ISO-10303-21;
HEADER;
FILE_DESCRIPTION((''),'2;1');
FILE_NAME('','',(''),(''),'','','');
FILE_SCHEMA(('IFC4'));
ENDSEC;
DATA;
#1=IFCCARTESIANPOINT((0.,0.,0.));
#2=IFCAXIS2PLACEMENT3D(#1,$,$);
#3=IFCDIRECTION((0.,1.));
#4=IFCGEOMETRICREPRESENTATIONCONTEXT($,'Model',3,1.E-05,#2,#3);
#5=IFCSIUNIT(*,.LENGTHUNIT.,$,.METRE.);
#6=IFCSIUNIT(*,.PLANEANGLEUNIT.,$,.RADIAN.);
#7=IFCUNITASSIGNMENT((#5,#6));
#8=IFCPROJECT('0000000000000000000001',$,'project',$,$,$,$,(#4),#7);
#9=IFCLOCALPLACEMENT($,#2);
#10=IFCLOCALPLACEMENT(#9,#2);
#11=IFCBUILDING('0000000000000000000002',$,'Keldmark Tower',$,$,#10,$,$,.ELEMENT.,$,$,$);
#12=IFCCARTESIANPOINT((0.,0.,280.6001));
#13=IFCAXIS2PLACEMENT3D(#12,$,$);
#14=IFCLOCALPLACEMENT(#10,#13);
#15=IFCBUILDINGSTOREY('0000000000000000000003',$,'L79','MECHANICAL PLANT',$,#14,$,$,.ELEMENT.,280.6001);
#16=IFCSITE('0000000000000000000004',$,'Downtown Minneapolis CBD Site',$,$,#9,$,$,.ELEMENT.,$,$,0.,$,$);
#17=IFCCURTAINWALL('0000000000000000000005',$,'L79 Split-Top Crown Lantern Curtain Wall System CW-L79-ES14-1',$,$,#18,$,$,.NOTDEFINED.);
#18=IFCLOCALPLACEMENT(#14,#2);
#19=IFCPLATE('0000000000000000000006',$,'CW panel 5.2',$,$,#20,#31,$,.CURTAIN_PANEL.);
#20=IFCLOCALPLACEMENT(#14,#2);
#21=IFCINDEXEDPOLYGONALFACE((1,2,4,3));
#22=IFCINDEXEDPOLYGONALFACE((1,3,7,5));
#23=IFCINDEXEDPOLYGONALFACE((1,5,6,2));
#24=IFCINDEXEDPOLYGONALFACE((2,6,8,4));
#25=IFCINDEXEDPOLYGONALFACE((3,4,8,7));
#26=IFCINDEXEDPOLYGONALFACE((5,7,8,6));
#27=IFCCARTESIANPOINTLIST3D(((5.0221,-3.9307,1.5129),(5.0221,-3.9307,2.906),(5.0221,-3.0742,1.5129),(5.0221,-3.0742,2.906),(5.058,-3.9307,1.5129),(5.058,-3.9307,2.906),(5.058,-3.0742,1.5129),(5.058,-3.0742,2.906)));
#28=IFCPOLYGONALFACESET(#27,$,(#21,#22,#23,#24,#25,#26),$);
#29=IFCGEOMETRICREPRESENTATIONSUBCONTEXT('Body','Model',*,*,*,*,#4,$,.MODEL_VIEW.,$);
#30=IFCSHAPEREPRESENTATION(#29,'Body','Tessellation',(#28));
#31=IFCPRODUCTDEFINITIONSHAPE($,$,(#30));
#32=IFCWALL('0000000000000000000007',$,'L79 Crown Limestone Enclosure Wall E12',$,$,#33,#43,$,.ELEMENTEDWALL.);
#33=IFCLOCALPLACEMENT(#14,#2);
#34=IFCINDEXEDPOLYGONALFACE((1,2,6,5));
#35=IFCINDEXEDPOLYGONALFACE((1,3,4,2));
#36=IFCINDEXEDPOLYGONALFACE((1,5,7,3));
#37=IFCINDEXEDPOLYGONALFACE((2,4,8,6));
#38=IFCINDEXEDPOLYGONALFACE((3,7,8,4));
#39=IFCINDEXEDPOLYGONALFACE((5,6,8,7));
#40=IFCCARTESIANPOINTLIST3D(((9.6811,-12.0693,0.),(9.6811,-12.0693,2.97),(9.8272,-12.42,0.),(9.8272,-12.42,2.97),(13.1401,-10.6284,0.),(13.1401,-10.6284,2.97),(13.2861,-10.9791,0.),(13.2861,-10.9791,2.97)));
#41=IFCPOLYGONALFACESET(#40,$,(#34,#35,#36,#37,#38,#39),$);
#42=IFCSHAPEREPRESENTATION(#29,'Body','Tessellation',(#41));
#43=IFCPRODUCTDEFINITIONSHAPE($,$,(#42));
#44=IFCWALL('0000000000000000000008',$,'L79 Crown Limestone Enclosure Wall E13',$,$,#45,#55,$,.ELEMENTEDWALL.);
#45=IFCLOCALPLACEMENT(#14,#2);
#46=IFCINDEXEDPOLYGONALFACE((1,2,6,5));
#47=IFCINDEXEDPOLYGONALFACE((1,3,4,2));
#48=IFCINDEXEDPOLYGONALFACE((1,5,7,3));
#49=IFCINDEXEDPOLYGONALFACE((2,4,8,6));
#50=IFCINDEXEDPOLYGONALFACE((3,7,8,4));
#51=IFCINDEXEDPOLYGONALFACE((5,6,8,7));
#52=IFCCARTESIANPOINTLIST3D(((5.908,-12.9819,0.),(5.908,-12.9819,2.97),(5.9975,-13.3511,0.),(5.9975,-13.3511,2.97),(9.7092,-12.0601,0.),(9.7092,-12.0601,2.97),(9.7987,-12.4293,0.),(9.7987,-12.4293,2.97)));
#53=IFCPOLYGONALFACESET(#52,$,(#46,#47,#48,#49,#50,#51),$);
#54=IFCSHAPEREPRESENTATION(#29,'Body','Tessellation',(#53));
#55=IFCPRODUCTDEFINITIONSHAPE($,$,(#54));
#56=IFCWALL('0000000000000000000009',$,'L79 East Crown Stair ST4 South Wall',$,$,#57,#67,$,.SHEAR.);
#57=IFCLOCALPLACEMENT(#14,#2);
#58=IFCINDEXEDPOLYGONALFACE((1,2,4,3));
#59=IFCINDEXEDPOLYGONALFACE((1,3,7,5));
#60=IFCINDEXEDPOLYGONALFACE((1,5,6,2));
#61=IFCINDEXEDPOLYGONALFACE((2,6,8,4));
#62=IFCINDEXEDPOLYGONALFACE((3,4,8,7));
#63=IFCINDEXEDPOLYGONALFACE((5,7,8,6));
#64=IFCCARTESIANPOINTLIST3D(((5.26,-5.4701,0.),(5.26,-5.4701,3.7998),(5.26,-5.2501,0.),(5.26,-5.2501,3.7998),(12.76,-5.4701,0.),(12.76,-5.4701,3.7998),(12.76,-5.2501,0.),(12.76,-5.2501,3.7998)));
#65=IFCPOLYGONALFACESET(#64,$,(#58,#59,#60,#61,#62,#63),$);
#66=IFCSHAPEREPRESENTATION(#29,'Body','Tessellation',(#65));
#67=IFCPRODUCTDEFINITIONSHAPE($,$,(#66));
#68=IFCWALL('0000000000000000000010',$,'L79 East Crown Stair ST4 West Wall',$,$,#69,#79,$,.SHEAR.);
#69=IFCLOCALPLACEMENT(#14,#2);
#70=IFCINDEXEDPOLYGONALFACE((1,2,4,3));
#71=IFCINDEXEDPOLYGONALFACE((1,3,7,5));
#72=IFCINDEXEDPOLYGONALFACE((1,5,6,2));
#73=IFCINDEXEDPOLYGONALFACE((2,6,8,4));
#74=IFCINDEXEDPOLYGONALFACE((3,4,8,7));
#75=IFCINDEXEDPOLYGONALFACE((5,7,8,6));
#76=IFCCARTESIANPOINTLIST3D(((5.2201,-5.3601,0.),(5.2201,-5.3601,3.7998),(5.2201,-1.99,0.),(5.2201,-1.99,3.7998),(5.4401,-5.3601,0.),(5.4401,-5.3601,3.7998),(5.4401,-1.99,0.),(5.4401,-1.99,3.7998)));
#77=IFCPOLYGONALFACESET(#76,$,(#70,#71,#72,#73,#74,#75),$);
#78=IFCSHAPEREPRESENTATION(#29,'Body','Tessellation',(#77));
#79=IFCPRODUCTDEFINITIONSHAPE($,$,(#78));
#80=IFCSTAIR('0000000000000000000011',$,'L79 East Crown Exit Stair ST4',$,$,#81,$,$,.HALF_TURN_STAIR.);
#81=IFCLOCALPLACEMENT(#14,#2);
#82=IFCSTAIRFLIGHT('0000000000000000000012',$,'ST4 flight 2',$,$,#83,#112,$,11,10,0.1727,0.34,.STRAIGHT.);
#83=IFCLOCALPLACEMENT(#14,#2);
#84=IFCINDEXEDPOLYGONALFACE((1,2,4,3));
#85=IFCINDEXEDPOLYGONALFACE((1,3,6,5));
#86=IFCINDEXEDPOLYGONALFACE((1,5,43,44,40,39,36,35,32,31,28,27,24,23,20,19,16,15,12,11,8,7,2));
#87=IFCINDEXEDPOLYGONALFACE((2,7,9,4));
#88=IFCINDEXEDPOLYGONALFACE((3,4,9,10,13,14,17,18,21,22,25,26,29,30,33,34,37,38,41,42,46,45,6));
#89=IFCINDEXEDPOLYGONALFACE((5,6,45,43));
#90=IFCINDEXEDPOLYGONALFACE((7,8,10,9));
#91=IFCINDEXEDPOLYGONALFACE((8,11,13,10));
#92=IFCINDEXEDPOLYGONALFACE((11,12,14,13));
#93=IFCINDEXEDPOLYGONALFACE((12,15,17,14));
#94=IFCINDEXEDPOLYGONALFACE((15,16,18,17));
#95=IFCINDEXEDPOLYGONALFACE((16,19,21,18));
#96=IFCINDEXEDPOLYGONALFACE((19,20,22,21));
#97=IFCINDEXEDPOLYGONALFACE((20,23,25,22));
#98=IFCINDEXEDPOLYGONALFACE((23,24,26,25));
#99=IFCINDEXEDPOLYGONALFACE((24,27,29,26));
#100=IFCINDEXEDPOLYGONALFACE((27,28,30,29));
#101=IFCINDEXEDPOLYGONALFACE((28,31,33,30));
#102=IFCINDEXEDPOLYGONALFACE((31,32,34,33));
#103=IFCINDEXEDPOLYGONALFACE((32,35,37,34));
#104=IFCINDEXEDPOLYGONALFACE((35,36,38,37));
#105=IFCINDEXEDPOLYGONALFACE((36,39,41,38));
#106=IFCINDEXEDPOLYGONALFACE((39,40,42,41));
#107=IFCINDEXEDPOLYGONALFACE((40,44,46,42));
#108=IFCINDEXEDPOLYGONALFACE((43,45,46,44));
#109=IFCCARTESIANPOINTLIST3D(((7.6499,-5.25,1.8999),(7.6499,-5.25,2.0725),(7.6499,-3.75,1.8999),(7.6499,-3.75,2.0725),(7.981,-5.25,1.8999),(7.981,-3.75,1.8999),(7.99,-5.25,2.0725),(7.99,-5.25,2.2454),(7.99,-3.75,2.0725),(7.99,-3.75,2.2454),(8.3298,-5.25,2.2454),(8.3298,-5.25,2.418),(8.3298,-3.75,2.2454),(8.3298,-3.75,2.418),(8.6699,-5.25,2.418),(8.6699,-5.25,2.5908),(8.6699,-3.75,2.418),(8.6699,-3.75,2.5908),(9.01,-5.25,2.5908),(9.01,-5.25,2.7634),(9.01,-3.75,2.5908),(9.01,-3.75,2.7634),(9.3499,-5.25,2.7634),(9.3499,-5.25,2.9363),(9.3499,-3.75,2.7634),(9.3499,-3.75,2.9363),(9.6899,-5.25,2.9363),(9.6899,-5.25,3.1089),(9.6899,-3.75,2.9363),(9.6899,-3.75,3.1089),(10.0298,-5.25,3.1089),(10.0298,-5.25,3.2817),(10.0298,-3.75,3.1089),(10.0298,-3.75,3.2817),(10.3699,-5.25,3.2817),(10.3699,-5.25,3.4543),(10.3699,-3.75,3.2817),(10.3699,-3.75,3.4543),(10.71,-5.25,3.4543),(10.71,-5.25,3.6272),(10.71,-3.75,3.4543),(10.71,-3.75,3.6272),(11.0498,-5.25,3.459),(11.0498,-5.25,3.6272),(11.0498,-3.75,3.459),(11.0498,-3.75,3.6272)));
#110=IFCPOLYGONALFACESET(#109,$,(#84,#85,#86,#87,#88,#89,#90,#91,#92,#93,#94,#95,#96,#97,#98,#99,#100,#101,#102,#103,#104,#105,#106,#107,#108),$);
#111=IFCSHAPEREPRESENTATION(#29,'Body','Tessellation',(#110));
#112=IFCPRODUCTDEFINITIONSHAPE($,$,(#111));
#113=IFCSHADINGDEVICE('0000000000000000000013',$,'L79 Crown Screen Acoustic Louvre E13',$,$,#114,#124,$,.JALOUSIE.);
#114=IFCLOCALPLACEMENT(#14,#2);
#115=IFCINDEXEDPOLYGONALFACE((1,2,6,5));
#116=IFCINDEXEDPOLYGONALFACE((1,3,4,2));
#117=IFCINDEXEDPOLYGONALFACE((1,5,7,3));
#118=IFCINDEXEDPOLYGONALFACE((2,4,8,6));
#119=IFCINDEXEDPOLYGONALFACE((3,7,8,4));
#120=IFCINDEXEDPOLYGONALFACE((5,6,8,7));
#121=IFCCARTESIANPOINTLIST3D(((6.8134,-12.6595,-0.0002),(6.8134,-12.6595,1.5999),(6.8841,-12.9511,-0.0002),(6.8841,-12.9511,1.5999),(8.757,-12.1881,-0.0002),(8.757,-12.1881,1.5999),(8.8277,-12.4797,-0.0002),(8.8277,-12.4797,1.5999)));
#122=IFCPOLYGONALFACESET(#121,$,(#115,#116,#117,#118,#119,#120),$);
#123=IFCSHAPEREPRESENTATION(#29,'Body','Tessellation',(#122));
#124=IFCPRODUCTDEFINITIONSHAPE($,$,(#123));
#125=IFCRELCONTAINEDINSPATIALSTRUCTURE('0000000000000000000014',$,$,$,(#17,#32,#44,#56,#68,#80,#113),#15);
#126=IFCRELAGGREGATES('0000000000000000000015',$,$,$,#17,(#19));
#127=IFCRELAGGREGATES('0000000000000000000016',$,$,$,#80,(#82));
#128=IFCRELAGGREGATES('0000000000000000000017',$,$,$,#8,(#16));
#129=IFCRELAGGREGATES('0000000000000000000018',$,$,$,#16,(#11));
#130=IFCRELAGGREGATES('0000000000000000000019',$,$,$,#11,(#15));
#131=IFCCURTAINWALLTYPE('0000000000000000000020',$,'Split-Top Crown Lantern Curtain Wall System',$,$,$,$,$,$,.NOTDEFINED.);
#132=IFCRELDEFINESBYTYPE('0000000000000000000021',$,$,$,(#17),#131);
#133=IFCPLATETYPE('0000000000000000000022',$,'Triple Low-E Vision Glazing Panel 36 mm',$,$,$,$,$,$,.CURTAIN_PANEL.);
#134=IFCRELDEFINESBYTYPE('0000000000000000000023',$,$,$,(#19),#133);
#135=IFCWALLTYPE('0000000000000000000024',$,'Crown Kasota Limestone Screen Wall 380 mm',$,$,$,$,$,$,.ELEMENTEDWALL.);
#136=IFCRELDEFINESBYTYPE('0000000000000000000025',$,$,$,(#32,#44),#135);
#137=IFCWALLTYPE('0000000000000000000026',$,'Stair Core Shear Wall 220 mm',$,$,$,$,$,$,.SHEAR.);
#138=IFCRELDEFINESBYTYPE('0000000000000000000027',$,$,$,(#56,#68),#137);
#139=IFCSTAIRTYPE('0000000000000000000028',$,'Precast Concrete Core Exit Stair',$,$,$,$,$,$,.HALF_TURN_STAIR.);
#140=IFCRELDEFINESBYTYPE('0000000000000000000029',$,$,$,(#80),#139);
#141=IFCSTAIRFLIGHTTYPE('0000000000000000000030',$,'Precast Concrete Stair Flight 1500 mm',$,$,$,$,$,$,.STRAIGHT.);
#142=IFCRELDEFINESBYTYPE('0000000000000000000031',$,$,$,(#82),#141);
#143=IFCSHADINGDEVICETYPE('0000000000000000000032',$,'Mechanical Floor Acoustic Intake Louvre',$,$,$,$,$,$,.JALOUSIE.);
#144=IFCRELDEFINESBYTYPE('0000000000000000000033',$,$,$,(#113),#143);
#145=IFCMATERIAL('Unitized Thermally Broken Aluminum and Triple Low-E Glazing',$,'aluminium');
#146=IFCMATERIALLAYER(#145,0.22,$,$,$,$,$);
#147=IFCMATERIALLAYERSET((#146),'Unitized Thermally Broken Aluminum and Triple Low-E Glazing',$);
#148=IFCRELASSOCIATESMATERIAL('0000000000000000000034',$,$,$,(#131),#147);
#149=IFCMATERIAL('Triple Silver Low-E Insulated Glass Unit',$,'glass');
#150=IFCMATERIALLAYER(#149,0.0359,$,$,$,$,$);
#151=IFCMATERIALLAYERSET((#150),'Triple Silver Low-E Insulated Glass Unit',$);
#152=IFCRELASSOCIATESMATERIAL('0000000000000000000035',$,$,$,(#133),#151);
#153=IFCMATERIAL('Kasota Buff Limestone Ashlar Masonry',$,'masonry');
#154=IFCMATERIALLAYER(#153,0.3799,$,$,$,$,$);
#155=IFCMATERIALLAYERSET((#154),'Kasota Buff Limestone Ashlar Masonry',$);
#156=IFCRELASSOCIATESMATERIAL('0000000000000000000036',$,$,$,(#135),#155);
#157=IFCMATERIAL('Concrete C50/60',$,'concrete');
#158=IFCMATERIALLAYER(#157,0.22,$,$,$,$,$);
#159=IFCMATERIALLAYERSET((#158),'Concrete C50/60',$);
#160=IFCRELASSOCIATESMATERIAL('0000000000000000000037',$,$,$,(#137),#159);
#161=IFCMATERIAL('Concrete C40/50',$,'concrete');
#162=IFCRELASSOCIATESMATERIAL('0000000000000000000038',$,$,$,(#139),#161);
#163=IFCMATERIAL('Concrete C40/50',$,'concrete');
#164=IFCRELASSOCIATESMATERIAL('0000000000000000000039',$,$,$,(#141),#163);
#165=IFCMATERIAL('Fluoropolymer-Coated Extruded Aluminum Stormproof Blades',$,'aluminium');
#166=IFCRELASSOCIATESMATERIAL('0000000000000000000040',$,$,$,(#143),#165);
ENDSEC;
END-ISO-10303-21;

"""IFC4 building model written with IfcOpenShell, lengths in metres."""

from ifc_helpers import new_model, si_unit, direction, frame, frame_2d, origin, origin_2d, place, context, subcontext, project, spatial, polyline, rectangle, outline, extrude, material, layer, layer_set, type_object, element, aggregate, save


model = new_model("IFC4")

# Units and contexts
model_context = context("Model", 3, precision=1e-05, world=origin(), true_north=direction((0.0, 1.0)))
body_context = subcontext(model_context, "Body", "Model", "MODEL_VIEW")
ifc_project = project(units=[si_unit("LENGTHUNIT", "METRE"), si_unit("PLANEANGLEUNIT", "RADIAN")], contexts=[model_context])

# Site, building, storey
site_placement = place(None, origin())
site = spatial("IfcSite", under=ifc_project, at=site_placement, Name="Downtown Minneapolis CBD Site", CompositionType="ELEMENT", RefElevation=0.0)
building_placement = place(site_placement, origin())
building = spatial("IfcBuilding", under=site, at=building_placement, Name="Keldmark Tower", CompositionType="ELEMENT")
storey_placement = place(building_placement, frame((0.0, 0.0, 280.6001)))
storey = spatial("IfcBuildingStorey", under=building, at=storey_placement, Name="L79", Description="MECHANICAL PLANT", CompositionType="ELEMENT", Elevation=280.6001)

# Curtain wall
ifc_material_1 = material(Name="Unitized Thermally Broken Aluminum and Triple Low-E Glazing", Category="aluminium")
ifc_layer_1 = layer(ifc_material_1, 0.22)
ifc_layer_set_1 = layer_set([ifc_layer_1], Name="Unitized Thermally Broken Aluminum and Triple Low-E Glazing")
curtain_wall_type = type_object("IfcCurtainWallType", Name="Split-Top Crown Lantern Curtain Wall System", PredefinedType="NOTDEFINED", material=ifc_layer_set_1)
curtain_wall_placement = place(storey_placement, origin())
curtain_wall = element("IfcCurtainWall", 1, at=curtain_wall_placement, inside=storey, type_object=curtain_wall_type, Name="L79 Split-Top Crown Lantern Curtain Wall System CW-L79-ES14-1", PredefinedType="NOTDEFINED")

# Plate
ifc_material_2 = material(Name="Triple Silver Low-E Insulated Glass Unit", Category="glass")
ifc_layer_2 = layer(ifc_material_2, 0.0359)
ifc_layer_set_2 = layer_set([ifc_layer_2], Name="Triple Silver Low-E Insulated Glass Unit")
plate_type_1 = type_object("IfcPlateType", Name="Triple Low-E Vision Glazing Panel 36 mm", PredefinedType="CURTAIN_PANEL", material=ifc_layer_set_2)
plate_1_placement = place(storey_placement, frame((5.04, -3.5024, 1.5129), z_axis=(0.0, 0.0, 1.0), x_axis=(0.0, -1.0, 0.0)))
plate_1 = element("IfcPlate", 2, at=plate_1_placement, type_object=plate_type_1, Name="CW panel 5.2", PredefinedType="CURTAIN_PANEL", context=body_context, shape_type="SweptSolid", body=[
    extrude(rectangle(XDim=0.8564, YDim=0.0359, at=origin_2d()), origin(), (0.0, 0.0, 1.0), 1.3931),
])
aggregate(curtain_wall, [plate_1])

# Walls
ifc_material_3 = material(Name="Kasota Buff Limestone Ashlar Masonry", Category="masonry")
ifc_layer_3 = layer(ifc_material_3, 0.3799)
ifc_layer_set_3 = layer_set([ifc_layer_3], Name="Kasota Buff Limestone Ashlar Masonry")
wall_type_1 = type_object("IfcWallType", Name="Crown Kasota Limestone Screen Wall 380 mm", PredefinedType="ELEMENTEDWALL", material=ifc_layer_set_3)
wall_1_placement = place(storey_placement, frame((9.7542, -12.2446, 0.0), z_axis=(0.0, 0.0, 1.0), x_axis=(0.923108, 0.384541, 0.0)))
element("IfcWall", 3, at=wall_1_placement, inside=storey, type_object=wall_type_1, Name="L79 Crown Limestone Enclosure Wall E12", PredefinedType="ELEMENTEDWALL", context=body_context, shape_type="SweptSolid", body=[
    extrude(rectangle(XDim=3.7471, YDim=0.3799, at=frame_2d((1.8735, 0.0))), origin(), (0.0, 0.0, 1.0), 2.97),
])
wall_2_placement = place(storey_placement, frame((5.9529, -13.1665, 0.0), z_axis=(0.0, 0.0, 1.0), x_axis=(0.971829, 0.235686, 0.0)))
element("IfcWall", 4, at=wall_2_placement, inside=storey, type_object=wall_type_1, Name="L79 Crown Limestone Enclosure Wall E13", PredefinedType="ELEMENTEDWALL", context=body_context, shape_type="SweptSolid", body=[
    extrude(rectangle(XDim=3.9114, YDim=0.3799, at=frame_2d((1.9556, 0.0))), origin(), (0.0, 0.0, 1.0), 2.97),
])
ifc_material_4 = material(Name="Concrete C50/60", Category="concrete")
ifc_layer_4 = layer(ifc_material_4, 0.22)
ifc_layer_set_4 = layer_set([ifc_layer_4], Name="Concrete C50/60")
wall_type_2 = type_object("IfcWallType", Name="Stair Core Shear Wall 220 mm", PredefinedType="SHEAR", material=ifc_layer_set_4)
wall_3_placement = place(storey_placement, frame((5.26, -5.3601, 0.0), z_axis=(0.0, 0.0, 1.0), x_axis=(1.0, 0.0, 0.0)))
element("IfcWall", 5, at=wall_3_placement, inside=storey, type_object=wall_type_2, Name="L79 East Crown Stair ST4 South Wall", PredefinedType="SHEAR", context=body_context, shape_type="SweptSolid", body=[
    extrude(rectangle(XDim=7.5, YDim=0.22, at=frame_2d((3.75, 0.0))), origin(), (0.0, 0.0, 1.0), 3.7998),
])
wall_4_placement = place(storey_placement, frame((5.3301, -5.3601, 0.0), z_axis=(0.0, 0.0, 1.0), x_axis=(0.0, 1.0, 0.0)))
element("IfcWall", 6, at=wall_4_placement, inside=storey, type_object=wall_type_2, Name="L79 East Crown Stair ST4 West Wall", PredefinedType="SHEAR", context=body_context, shape_type="SweptSolid", body=[
    extrude(rectangle(XDim=3.3701, YDim=0.22, at=frame_2d((1.6851, 0.0))), origin(), (0.0, 0.0, 1.0), 3.7998),
])

# Stair, stair flight
ifc_material_5 = material(Name="Concrete C40/50", Category="concrete")
stair_type = type_object("IfcStairType", Name="Precast Concrete Core Exit Stair", PredefinedType="HALF_TURN_STAIR", material=ifc_material_5)
stair_placement = place(storey_placement, origin())
stair = element("IfcStair", 7, at=stair_placement, inside=storey, type_object=stair_type, Name="L79 East Crown Exit Stair ST4", PredefinedType="HALF_TURN_STAIR")
ifc_material_6 = material(Name="Concrete C40/50", Category="concrete")
stair_flight_type = type_object("IfcStairFlightType", Name="Precast Concrete Stair Flight 1500 mm", PredefinedType="STRAIGHT", material=ifc_material_6)
stair_flight_placement = place(storey_placement, frame((7.6499, -4.5, 1.8999), z_axis=(0.0, 0.0, 1.0), x_axis=(1.0, 0.0, 0.0)))
stair_flight = element("IfcStairFlight", 8, at=stair_flight_placement, type_object=stair_flight_type, Name="ST4 flight 2", NumberOfRisers=11, NumberOfTreads=10, PredefinedType="STRAIGHT", RiserHeight=0.1727, TreadLength=0.34, context=body_context, shape_type="SweptSolid", body=[
    extrude(outline(polyline([(0.0, 0.0), (0.0, 0.1726), (0.3401, 0.1726), (0.3401, 0.3455), (0.6799, 0.3455), (0.6799, 0.5181), (1.02, 0.5181), (1.02, 0.6909), (1.3601, 0.6909), (1.3601, 0.8635), (1.7, 0.8635), (1.7, 1.0364), (2.04, 1.0364), (2.04, 1.209), (2.3799, 1.209), (2.3799, 1.3818), (2.72, 1.3818), (2.72, 1.5544), (3.0601, 1.5544), (3.0601, 1.7273), (3.3999, 1.7273), (3.3999, 1.8999), (3.3999, 1.5591), (0.3311, 0.0), (0.0, 0.0)])), frame((0.0, 0.75, 0.0), z_axis=(0.0, -1.0, 0.0), x_axis=(1.0, 0.0, 0.0)), (0.0, 0.0, 1.0), 1.5),
])
aggregate(stair, [stair_flight])

# Shading device
ifc_material_7 = material(Name="Fluoropolymer-Coated Extruded Aluminum Stormproof Blades", Category="aluminium")
shading_device_type = type_object("IfcShadingDeviceType", Name="Mechanical Floor Acoustic Intake Louvre", PredefinedType="JALOUSIE", material=ifc_material_7)
shading_device_placement = place(storey_placement, frame((7.8206, -12.5696, -0.0002), z_axis=(0.0, 0.0, 1.0), x_axis=(0.971821, 0.235719, 0.0)))
element("IfcShadingDevice", 9, at=shading_device_placement, inside=storey, type_object=shading_device_type, Name="L79 Crown Screen Acoustic Louvre E13", PredefinedType="JALOUSIE", context=body_context, shape_type="SweptSolid", body=[
    extrude(rectangle(XDim=2.0, YDim=0.3, at=origin_2d()), origin(), (0.0, 0.0, 1.0), 1.6001),
])

save(model, "model.ifc")
